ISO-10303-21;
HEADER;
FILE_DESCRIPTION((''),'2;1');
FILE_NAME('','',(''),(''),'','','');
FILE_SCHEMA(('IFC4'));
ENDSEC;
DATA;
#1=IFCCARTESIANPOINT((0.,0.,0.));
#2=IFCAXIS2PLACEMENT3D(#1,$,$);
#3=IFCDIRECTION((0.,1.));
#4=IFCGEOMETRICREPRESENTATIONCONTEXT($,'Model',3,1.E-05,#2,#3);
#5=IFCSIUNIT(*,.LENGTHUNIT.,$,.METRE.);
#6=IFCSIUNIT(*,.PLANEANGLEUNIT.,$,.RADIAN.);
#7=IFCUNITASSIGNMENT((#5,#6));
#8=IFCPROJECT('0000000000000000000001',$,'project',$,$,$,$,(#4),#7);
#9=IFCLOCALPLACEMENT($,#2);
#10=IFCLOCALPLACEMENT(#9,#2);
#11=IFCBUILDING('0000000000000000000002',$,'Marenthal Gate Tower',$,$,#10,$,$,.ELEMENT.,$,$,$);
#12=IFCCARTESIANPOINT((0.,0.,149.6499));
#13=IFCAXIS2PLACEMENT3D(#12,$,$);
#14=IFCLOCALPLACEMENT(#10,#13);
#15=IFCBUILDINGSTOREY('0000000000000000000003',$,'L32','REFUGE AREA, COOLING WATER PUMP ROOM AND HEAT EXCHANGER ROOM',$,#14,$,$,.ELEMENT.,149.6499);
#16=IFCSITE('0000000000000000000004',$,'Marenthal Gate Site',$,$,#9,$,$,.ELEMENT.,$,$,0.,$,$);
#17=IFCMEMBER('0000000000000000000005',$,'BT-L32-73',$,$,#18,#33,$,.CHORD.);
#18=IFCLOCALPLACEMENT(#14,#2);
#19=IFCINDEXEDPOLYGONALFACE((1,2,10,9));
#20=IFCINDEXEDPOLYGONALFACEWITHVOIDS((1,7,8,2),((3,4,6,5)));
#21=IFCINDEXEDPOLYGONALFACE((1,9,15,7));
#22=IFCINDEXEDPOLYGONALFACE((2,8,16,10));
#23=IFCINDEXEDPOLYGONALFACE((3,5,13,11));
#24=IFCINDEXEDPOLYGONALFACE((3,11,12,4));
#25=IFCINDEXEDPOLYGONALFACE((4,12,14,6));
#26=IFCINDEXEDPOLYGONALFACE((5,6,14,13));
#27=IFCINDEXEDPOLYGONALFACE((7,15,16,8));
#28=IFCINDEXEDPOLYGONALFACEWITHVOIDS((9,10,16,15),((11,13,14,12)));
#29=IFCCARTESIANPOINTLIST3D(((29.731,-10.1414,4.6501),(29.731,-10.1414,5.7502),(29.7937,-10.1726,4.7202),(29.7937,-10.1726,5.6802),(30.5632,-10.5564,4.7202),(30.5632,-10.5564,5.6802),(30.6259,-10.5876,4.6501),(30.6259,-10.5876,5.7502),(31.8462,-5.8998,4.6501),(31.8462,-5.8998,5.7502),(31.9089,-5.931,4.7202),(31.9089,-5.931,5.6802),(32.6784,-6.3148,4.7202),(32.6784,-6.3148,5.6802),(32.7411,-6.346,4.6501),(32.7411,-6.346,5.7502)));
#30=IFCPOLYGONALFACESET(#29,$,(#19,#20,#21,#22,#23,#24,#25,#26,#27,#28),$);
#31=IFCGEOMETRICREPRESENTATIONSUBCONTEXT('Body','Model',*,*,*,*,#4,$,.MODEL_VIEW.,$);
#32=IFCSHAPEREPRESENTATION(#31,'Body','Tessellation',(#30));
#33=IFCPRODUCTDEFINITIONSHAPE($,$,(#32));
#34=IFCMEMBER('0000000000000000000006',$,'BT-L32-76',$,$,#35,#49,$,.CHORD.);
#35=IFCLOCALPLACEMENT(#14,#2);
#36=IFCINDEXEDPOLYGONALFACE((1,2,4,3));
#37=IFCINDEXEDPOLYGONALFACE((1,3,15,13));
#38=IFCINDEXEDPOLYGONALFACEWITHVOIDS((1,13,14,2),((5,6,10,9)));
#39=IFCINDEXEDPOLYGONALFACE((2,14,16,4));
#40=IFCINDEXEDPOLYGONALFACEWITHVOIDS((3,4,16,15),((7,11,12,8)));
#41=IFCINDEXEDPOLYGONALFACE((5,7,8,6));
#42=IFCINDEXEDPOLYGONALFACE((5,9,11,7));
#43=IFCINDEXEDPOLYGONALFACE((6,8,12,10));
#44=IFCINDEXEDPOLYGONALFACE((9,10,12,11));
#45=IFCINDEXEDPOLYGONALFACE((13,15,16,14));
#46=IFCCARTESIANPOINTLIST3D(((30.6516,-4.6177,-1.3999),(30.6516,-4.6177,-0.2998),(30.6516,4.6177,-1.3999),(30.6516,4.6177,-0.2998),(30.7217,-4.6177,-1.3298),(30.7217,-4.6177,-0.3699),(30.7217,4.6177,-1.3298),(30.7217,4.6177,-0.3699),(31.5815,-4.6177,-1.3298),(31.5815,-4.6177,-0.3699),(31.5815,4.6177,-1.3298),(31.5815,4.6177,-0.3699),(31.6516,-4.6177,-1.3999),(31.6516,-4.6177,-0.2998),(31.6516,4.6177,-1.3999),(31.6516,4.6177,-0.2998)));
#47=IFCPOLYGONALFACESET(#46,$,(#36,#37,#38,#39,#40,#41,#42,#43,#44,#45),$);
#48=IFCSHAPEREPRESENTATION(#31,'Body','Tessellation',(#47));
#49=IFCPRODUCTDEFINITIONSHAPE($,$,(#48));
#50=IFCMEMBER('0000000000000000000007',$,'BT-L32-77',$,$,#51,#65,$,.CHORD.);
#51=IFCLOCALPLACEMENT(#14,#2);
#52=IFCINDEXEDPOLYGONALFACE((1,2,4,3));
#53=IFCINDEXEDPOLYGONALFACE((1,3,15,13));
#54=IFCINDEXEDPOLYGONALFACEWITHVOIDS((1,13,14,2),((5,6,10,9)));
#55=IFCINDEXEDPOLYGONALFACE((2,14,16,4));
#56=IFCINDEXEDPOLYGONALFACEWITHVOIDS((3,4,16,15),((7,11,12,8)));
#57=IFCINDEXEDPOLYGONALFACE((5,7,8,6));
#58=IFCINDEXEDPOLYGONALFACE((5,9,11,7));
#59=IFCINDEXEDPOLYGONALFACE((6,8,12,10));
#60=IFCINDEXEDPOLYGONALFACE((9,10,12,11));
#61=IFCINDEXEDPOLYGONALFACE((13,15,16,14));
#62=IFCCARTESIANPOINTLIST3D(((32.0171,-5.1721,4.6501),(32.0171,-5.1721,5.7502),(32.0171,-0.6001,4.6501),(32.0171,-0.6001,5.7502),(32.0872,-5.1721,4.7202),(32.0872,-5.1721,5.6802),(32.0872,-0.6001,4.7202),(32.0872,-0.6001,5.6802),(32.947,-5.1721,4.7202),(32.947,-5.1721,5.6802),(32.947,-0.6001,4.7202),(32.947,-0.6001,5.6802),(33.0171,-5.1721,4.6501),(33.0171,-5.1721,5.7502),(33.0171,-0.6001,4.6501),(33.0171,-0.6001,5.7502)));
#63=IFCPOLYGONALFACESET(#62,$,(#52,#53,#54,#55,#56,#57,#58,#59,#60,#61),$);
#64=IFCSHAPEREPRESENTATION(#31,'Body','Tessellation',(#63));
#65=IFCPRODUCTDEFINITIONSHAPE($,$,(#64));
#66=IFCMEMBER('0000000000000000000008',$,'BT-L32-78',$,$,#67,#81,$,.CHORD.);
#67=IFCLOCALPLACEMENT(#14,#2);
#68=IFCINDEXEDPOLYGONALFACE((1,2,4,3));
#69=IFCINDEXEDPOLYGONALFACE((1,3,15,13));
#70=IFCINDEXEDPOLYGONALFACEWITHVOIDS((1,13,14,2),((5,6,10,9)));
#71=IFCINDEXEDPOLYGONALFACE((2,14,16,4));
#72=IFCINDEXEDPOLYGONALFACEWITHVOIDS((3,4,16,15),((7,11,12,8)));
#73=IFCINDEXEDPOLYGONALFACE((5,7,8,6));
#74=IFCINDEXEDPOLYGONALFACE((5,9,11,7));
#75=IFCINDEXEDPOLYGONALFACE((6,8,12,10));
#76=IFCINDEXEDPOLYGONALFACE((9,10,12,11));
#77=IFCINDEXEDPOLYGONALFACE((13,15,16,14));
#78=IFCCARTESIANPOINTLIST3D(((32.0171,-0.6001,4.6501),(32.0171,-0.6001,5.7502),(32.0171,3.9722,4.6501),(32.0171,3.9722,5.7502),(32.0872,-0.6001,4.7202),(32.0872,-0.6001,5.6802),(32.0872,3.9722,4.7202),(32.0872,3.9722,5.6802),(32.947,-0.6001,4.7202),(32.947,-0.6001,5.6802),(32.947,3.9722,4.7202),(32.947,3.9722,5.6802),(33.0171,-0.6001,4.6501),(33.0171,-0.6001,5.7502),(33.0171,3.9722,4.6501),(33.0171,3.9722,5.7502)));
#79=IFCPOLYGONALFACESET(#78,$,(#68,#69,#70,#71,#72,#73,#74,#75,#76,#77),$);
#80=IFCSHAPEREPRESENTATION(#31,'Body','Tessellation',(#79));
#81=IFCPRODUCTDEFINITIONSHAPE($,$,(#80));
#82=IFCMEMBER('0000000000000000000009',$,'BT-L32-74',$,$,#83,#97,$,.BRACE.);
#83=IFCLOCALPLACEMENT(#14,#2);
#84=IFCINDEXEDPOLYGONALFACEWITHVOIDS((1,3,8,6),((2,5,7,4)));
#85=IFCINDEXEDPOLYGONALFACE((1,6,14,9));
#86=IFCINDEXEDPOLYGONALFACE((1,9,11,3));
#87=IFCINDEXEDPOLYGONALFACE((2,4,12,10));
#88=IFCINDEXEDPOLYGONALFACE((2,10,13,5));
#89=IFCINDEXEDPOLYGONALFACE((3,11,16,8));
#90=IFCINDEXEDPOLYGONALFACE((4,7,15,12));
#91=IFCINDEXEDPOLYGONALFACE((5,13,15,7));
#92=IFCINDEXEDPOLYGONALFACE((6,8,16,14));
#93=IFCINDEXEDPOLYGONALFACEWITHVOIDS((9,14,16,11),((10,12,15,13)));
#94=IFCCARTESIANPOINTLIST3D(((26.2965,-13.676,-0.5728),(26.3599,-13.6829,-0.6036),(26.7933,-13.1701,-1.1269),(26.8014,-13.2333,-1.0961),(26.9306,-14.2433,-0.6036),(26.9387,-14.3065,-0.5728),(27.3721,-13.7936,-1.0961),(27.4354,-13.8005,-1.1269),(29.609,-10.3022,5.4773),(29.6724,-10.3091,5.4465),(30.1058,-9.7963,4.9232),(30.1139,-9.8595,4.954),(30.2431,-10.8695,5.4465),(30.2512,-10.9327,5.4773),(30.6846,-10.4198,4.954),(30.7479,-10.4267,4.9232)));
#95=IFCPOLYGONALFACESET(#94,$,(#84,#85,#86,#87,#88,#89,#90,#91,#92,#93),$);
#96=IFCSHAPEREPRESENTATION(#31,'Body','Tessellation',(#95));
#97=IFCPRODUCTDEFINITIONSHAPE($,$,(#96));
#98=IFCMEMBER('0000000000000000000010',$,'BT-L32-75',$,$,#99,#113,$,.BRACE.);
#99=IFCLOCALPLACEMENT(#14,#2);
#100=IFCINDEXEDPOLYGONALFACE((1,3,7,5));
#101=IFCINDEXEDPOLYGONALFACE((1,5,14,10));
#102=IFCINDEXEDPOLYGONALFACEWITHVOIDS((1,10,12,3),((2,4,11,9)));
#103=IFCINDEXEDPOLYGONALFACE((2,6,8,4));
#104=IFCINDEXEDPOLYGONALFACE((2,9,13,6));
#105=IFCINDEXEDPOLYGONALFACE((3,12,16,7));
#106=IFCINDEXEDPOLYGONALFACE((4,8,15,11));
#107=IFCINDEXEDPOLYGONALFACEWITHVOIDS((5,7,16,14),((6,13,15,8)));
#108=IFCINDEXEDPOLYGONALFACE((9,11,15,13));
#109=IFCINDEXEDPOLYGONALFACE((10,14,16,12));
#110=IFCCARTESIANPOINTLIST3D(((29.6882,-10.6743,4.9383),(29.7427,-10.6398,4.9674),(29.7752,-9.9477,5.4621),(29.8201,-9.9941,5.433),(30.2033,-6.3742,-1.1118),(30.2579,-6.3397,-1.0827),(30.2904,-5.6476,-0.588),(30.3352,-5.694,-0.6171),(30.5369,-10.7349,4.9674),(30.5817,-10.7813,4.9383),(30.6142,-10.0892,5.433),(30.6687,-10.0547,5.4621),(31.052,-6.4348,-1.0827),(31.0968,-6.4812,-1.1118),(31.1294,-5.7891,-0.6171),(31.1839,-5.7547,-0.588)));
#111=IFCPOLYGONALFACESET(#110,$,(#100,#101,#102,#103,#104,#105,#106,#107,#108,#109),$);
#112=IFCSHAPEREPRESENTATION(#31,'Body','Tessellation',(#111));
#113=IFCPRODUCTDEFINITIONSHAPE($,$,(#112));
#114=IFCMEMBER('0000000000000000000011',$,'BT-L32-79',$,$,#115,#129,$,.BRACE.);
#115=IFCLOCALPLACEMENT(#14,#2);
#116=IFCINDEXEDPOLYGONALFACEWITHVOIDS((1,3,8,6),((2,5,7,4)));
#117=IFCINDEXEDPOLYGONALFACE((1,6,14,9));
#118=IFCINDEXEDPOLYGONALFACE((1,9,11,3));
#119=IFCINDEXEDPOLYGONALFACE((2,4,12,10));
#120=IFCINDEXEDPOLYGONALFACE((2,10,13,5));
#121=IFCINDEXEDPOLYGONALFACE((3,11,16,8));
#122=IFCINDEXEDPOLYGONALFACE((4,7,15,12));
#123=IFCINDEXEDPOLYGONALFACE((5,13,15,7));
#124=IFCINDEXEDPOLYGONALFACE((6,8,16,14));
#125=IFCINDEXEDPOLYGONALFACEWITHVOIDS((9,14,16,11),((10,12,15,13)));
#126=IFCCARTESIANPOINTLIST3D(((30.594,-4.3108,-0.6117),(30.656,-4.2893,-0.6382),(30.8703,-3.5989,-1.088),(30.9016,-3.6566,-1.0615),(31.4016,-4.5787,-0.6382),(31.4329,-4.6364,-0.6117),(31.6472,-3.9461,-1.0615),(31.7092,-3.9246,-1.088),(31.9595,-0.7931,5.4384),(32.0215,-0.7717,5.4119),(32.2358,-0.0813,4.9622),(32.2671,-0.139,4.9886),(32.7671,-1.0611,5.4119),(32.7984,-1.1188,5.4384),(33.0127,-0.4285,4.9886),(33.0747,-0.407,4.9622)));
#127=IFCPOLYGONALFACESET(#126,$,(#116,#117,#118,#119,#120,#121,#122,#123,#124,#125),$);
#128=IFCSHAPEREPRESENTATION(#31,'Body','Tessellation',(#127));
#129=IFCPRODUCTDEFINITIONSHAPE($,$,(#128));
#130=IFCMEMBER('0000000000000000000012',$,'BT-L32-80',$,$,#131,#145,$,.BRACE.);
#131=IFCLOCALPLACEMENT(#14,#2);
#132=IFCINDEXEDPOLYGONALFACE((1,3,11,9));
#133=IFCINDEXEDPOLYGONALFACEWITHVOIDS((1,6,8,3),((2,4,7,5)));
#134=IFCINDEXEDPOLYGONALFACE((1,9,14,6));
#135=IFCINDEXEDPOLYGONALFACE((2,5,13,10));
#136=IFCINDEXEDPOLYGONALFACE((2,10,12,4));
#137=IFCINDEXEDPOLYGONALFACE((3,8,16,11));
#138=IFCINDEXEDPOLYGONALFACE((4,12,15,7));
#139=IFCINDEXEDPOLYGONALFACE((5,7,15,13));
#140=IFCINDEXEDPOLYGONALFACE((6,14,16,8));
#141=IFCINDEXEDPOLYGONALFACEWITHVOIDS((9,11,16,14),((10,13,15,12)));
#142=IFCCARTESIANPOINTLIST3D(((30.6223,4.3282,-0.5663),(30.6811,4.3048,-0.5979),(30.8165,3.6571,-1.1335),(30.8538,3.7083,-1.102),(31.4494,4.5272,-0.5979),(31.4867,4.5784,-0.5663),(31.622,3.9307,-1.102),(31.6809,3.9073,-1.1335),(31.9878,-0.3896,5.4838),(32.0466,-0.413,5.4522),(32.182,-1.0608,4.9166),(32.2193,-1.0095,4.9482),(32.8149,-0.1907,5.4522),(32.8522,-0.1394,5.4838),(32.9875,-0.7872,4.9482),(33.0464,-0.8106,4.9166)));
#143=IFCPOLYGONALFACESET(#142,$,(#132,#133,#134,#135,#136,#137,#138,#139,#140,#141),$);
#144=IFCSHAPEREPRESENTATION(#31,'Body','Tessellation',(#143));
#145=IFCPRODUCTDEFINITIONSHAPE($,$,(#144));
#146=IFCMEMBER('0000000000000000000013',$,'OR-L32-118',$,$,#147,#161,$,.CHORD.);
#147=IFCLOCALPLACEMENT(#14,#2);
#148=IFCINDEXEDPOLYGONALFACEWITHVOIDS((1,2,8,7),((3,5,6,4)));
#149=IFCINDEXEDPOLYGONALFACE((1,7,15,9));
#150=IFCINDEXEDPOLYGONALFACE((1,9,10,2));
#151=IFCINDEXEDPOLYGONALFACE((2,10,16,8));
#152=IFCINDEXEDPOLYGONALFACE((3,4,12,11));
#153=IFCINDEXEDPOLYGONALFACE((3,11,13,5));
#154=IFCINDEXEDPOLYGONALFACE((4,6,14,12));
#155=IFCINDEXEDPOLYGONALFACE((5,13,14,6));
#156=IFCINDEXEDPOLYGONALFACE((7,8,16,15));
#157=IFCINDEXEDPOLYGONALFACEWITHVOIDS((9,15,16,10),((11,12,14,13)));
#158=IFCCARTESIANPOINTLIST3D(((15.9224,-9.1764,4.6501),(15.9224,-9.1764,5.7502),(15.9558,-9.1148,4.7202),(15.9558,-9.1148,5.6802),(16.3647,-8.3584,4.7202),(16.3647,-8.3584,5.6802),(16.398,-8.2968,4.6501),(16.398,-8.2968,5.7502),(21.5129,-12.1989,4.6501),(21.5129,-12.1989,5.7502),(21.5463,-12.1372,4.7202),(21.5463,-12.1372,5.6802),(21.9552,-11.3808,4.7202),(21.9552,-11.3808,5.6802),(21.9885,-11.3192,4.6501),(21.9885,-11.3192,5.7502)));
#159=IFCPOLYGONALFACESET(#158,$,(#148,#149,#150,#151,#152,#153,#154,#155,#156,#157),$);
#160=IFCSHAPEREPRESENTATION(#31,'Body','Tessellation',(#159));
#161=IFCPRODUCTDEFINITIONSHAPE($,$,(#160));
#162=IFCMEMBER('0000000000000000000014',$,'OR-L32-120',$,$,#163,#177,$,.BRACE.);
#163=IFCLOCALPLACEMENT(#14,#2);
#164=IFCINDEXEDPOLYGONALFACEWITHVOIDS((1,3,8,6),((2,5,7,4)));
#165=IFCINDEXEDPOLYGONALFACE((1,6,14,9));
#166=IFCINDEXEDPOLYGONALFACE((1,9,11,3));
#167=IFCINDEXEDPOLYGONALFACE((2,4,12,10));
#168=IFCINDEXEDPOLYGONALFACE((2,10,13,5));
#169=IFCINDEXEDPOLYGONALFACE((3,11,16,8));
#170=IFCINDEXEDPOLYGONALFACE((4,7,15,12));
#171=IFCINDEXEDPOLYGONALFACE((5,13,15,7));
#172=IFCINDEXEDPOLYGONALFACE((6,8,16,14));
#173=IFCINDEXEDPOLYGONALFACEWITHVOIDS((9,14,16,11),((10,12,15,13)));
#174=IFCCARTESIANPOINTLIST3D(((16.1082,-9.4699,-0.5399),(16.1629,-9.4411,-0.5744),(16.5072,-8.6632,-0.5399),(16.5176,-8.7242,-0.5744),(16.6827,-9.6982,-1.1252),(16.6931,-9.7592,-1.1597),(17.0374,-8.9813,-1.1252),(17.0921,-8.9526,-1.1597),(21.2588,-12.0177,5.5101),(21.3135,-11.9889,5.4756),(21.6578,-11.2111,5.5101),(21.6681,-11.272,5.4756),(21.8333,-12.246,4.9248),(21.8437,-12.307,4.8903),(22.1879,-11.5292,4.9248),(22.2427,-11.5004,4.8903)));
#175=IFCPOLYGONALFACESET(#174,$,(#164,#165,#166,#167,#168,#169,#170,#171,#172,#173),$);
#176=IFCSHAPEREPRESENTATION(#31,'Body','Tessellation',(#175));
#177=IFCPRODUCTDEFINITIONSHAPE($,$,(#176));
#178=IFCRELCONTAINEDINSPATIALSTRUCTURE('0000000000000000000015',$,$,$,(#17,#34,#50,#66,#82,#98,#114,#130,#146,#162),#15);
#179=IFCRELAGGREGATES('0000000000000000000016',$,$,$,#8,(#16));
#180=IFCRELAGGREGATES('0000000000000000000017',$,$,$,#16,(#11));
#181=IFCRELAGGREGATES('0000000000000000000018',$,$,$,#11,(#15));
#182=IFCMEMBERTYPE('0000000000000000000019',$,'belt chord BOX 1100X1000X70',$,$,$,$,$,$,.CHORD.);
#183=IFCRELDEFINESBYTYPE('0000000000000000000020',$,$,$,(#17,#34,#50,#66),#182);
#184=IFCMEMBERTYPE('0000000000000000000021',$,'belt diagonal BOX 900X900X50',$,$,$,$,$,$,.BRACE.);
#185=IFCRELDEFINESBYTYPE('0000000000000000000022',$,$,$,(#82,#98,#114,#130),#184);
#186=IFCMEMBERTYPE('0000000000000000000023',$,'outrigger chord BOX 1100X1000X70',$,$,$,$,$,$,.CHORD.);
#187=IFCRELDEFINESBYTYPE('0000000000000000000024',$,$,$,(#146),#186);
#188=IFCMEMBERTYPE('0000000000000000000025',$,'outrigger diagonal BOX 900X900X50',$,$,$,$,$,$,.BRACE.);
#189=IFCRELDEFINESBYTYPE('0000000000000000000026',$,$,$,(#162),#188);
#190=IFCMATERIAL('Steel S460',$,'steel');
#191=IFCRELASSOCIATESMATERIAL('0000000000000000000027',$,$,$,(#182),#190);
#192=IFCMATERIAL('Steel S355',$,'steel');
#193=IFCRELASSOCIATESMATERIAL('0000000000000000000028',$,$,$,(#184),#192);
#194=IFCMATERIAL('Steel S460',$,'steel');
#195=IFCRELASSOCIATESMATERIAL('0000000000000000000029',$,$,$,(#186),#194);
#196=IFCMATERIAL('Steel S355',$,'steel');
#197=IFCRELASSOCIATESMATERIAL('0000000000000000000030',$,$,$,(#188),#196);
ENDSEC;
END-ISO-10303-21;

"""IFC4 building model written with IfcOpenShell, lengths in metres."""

from ifc_helpers import new_model, si_unit, direction, frame, origin, origin_2d, place, context, subcontext, project, spatial, hollow_rectangle, extrude, material, material_profile, profile_set, type_object, element, save


model = new_model("IFC4")

# Units and contexts
model_context = context("Model", 3, precision=1e-05, world=origin(), true_north=direction((0.0, 1.0)))
body_context = subcontext(model_context, "Body", "Model", "MODEL_VIEW")
ifc_project = project(units=[si_unit("LENGTHUNIT", "METRE"), si_unit("PLANEANGLEUNIT", "RADIAN")], contexts=[model_context])

# Site, building, storey
site_placement = place(None, origin())
site = spatial("IfcSite", under=ifc_project, at=site_placement, Name="Marenthal Gate Site", CompositionType="ELEMENT", RefElevation=0.0)
building_placement = place(site_placement, origin())
building = spatial("IfcBuilding", under=site, at=building_placement, Name="Marenthal Gate Tower", CompositionType="ELEMENT")
storey_placement = place(building_placement, frame((0.0, 0.0, 149.6499)))
storey = spatial("IfcBuildingStorey", under=building, at=storey_placement, Name="L32", Description="REFUGE AREA, COOLING WATER PUMP ROOM AND HEAT EXCHANGER ROOM", CompositionType="ELEMENT", Elevation=149.6499)

# Members
ifc_material_1 = material(Name="Steel S460", Category="steel")
ifc_material_profile_1 = material_profile(ifc_material_1, hollow_rectangle(XDim=1.0, YDim=1.1001, WallThickness=0.0701, at=origin_2d()), Name="BOX 1100X1000X70")
ifc_profile_set_1 = profile_set([ifc_material_profile_1], Name="Steel S460")
member_type_1 = type_object("IfcMemberType", Name="belt chord BOX 1100X1000X70", PredefinedType="CHORD", material=ifc_profile_set_1)
member_1_placement = place(storey_placement, frame((30.1785, -10.3645, 5.2002), z_axis=(0.446266, 0.894901, 0.0), x_axis=(-0.894901, 0.446266, 0.0)))
element("IfcMember", 1, at=member_1_placement, inside=storey, type_object=member_type_1, Name="BT-L32-73", PredefinedType="CHORD", context=body_context, shape_type="SweptSolid", body=[
    extrude(hollow_rectangle(XDim=1.0, YDim=1.1001, WallThickness=0.0701, at=origin_2d()), origin(), (0.0, 0.0, 1.0), 4.7397),
])
member_2_placement = place(storey_placement, frame((31.1516, -4.6177, -0.8499), z_axis=(0.0, 1.0, 0.0), x_axis=(-1.0, 0.0, 0.0)))
element("IfcMember", 2, at=member_2_placement, inside=storey, type_object=member_type_1, Name="BT-L32-76", PredefinedType="CHORD", context=body_context, shape_type="SweptSolid", body=[
    extrude(hollow_rectangle(XDim=1.0, YDim=1.1001, WallThickness=0.0701, at=origin_2d()), origin(), (0.0, 0.0, 1.0), 9.2354),
])
member_3_placement = place(storey_placement, frame((32.5171, -5.1721, 5.2002), z_axis=(0.0, 1.0, 0.0), x_axis=(-1.0, 0.0, 0.0)))
element("IfcMember", 3, at=member_3_placement, inside=storey, type_object=member_type_1, Name="BT-L32-77", PredefinedType="CHORD", context=body_context, shape_type="SweptSolid", body=[
    extrude(hollow_rectangle(XDim=1.0, YDim=1.1001, WallThickness=0.0701, at=origin_2d()), origin(), (0.0, 0.0, 1.0), 4.572),
])
member_4_placement = place(storey_placement, frame((32.5171, -0.6001, 5.2002), z_axis=(0.0, 1.0, 0.0), x_axis=(-1.0, 0.0, 0.0)))
element("IfcMember", 4, at=member_4_placement, inside=storey, type_object=member_type_1, Name="BT-L32-78", PredefinedType="CHORD", context=body_context, shape_type="SweptSolid", body=[
    extrude(hollow_rectangle(XDim=1.0, YDim=1.1001, WallThickness=0.0701, at=origin_2d()), origin(), (0.0, 0.0, 1.0), 4.5723),
])
ifc_material_2 = material(Name="Steel S355", Category="steel")
ifc_material_profile_2 = material_profile(ifc_material_2, hollow_rectangle(XDim=0.8999, YDim=0.8999, WallThickness=0.05, at=origin_2d()), Name="BOX 900X900X50")
ifc_profile_set_2 = profile_set([ifc_material_profile_2], Name="Steel S355")
member_type_2 = type_object("IfcMemberType", Name="belt diagonal BOX 900X900X50", PredefinedType="BRACE", material=ifc_profile_set_2)
member_5_placement = place(storey_placement, frame((26.866, -13.7383, -0.8499), z_axis=(0.431404, 0.439385, 0.787929), x_axis=(-0.713557, 0.700597, 0.0)))
element("IfcMember", 5, at=member_5_placement, inside=storey, type_object=member_type_2, Name="BT-L32-74", PredefinedType="BRACE", context=body_context, shape_type="SweptSolid", body=[
    extrude(hollow_rectangle(XDim=0.8999, YDim=0.8999, WallThickness=0.05, at=origin_2d()), origin(), (0.0, 0.0, 1.0), 7.6785),
])
member_6_placement = place(storey_placement, frame((30.1785, -10.3645, 5.2002), z_axis=(0.069236, 0.577936, -0.81314), x_axis=(-0.992901, 0.118947, 0.0)))
element("IfcMember", 6, at=member_6_placement, inside=storey, type_object=member_type_2, Name="BT-L32-75", PredefinedType="BRACE", context=body_context, shape_type="SweptSolid", body=[
    extrude(hollow_rectangle(XDim=0.8999, YDim=0.8999, WallThickness=0.05, at=origin_2d()), origin(), (0.0, 0.0, 1.0), 7.4404),
])
member_7_placement = place(storey_placement, frame((31.1516, -4.1177, -0.8499), z_axis=(0.191504, 0.493329, 0.8485), x_axis=(-0.932225, 0.361878, 0.0)))
element("IfcMember", 7, at=member_7_placement, inside=storey, type_object=member_type_2, Name="BT-L32-79", PredefinedType="BRACE", context=body_context, shape_type="SweptSolid", body=[
    extrude(hollow_rectangle(XDim=0.8999, YDim=0.8999, WallThickness=0.05, at=origin_2d()), origin(), (0.0, 0.0, 1.0), 7.1304),
])
member_8_placement = place(storey_placement, frame((32.5171, -0.6001, 5.2002), z_axis=(-0.175227, 0.605415, -0.776381), x_axis=(-0.960575, -0.278022, 0.0)))
element("IfcMember", 8, at=member_8_placement, inside=storey, type_object=member_type_2, Name="BT-L32-80", PredefinedType="BRACE", context=body_context, shape_type="SweptSolid", body=[
    extrude(hollow_rectangle(XDim=0.8999, YDim=0.8999, WallThickness=0.05, at=origin_2d()), origin(), (0.0, 0.0, 1.0), 7.7927),
])
ifc_material_3 = material(Name="Steel S460", Category="steel")
ifc_material_profile_3 = material_profile(ifc_material_3, hollow_rectangle(XDim=1.0, YDim=1.1001, WallThickness=0.0701, at=origin_2d()), Name="BOX 1100X1000X70")
ifc_profile_set_3 = profile_set([ifc_material_profile_3], Name="Steel S460")
member_type_3 = type_object("IfcMemberType", Name="outrigger chord BOX 1100X1000X70", PredefinedType="CHORD", material=ifc_profile_set_3)
member_9_placement = place(storey_placement, frame((21.7507, -11.759, 5.2002), z_axis=(-0.879672, 0.475581, 0.0), x_axis=(-0.475581, -0.879672, 0.0)))
element("IfcMember", 9, at=member_9_placement, inside=storey, type_object=member_type_3, Name="OR-L32-118", PredefinedType="CHORD", context=body_context, shape_type="SweptSolid", body=[
    extrude(hollow_rectangle(XDim=1.0, YDim=1.1001, WallThickness=0.0701, at=origin_2d()), origin(), (0.0, 0.0, 1.0), 6.3552),
])
ifc_material_4 = material(Name="Steel S355", Category="steel")
ifc_material_profile_4 = material_profile(ifc_material_4, hollow_rectangle(XDim=0.8999, YDim=0.8999, WallThickness=0.05, at=origin_2d()), Name="BOX 900X900X50")
ifc_profile_set_4 = profile_set([ifc_material_profile_4], Name="Steel S355")
member_type_4 = type_object("IfcMemberType", Name="outrigger diagonal BOX 900X900X50", PredefinedType="BRACE", material=ifc_profile_set_4)
member_10_placement = place(storey_placement, frame((21.7507, -11.759, 5.2002), z_axis=(-0.61728, 0.305348, -0.725071), x_axis=(-0.443386, -0.896331, 0.0)))
element("IfcMember", 10, at=member_10_placement, inside=storey, type_object=member_type_4, Name="OR-L32-120", PredefinedType="BRACE", context=body_context, shape_type="SweptSolid", body=[
    extrude(hollow_rectangle(XDim=0.8999, YDim=0.8999, WallThickness=0.05, at=origin_2d()), origin(), (0.0, 0.0, 1.0), 8.344),
])

save(model, "model.ifc")
